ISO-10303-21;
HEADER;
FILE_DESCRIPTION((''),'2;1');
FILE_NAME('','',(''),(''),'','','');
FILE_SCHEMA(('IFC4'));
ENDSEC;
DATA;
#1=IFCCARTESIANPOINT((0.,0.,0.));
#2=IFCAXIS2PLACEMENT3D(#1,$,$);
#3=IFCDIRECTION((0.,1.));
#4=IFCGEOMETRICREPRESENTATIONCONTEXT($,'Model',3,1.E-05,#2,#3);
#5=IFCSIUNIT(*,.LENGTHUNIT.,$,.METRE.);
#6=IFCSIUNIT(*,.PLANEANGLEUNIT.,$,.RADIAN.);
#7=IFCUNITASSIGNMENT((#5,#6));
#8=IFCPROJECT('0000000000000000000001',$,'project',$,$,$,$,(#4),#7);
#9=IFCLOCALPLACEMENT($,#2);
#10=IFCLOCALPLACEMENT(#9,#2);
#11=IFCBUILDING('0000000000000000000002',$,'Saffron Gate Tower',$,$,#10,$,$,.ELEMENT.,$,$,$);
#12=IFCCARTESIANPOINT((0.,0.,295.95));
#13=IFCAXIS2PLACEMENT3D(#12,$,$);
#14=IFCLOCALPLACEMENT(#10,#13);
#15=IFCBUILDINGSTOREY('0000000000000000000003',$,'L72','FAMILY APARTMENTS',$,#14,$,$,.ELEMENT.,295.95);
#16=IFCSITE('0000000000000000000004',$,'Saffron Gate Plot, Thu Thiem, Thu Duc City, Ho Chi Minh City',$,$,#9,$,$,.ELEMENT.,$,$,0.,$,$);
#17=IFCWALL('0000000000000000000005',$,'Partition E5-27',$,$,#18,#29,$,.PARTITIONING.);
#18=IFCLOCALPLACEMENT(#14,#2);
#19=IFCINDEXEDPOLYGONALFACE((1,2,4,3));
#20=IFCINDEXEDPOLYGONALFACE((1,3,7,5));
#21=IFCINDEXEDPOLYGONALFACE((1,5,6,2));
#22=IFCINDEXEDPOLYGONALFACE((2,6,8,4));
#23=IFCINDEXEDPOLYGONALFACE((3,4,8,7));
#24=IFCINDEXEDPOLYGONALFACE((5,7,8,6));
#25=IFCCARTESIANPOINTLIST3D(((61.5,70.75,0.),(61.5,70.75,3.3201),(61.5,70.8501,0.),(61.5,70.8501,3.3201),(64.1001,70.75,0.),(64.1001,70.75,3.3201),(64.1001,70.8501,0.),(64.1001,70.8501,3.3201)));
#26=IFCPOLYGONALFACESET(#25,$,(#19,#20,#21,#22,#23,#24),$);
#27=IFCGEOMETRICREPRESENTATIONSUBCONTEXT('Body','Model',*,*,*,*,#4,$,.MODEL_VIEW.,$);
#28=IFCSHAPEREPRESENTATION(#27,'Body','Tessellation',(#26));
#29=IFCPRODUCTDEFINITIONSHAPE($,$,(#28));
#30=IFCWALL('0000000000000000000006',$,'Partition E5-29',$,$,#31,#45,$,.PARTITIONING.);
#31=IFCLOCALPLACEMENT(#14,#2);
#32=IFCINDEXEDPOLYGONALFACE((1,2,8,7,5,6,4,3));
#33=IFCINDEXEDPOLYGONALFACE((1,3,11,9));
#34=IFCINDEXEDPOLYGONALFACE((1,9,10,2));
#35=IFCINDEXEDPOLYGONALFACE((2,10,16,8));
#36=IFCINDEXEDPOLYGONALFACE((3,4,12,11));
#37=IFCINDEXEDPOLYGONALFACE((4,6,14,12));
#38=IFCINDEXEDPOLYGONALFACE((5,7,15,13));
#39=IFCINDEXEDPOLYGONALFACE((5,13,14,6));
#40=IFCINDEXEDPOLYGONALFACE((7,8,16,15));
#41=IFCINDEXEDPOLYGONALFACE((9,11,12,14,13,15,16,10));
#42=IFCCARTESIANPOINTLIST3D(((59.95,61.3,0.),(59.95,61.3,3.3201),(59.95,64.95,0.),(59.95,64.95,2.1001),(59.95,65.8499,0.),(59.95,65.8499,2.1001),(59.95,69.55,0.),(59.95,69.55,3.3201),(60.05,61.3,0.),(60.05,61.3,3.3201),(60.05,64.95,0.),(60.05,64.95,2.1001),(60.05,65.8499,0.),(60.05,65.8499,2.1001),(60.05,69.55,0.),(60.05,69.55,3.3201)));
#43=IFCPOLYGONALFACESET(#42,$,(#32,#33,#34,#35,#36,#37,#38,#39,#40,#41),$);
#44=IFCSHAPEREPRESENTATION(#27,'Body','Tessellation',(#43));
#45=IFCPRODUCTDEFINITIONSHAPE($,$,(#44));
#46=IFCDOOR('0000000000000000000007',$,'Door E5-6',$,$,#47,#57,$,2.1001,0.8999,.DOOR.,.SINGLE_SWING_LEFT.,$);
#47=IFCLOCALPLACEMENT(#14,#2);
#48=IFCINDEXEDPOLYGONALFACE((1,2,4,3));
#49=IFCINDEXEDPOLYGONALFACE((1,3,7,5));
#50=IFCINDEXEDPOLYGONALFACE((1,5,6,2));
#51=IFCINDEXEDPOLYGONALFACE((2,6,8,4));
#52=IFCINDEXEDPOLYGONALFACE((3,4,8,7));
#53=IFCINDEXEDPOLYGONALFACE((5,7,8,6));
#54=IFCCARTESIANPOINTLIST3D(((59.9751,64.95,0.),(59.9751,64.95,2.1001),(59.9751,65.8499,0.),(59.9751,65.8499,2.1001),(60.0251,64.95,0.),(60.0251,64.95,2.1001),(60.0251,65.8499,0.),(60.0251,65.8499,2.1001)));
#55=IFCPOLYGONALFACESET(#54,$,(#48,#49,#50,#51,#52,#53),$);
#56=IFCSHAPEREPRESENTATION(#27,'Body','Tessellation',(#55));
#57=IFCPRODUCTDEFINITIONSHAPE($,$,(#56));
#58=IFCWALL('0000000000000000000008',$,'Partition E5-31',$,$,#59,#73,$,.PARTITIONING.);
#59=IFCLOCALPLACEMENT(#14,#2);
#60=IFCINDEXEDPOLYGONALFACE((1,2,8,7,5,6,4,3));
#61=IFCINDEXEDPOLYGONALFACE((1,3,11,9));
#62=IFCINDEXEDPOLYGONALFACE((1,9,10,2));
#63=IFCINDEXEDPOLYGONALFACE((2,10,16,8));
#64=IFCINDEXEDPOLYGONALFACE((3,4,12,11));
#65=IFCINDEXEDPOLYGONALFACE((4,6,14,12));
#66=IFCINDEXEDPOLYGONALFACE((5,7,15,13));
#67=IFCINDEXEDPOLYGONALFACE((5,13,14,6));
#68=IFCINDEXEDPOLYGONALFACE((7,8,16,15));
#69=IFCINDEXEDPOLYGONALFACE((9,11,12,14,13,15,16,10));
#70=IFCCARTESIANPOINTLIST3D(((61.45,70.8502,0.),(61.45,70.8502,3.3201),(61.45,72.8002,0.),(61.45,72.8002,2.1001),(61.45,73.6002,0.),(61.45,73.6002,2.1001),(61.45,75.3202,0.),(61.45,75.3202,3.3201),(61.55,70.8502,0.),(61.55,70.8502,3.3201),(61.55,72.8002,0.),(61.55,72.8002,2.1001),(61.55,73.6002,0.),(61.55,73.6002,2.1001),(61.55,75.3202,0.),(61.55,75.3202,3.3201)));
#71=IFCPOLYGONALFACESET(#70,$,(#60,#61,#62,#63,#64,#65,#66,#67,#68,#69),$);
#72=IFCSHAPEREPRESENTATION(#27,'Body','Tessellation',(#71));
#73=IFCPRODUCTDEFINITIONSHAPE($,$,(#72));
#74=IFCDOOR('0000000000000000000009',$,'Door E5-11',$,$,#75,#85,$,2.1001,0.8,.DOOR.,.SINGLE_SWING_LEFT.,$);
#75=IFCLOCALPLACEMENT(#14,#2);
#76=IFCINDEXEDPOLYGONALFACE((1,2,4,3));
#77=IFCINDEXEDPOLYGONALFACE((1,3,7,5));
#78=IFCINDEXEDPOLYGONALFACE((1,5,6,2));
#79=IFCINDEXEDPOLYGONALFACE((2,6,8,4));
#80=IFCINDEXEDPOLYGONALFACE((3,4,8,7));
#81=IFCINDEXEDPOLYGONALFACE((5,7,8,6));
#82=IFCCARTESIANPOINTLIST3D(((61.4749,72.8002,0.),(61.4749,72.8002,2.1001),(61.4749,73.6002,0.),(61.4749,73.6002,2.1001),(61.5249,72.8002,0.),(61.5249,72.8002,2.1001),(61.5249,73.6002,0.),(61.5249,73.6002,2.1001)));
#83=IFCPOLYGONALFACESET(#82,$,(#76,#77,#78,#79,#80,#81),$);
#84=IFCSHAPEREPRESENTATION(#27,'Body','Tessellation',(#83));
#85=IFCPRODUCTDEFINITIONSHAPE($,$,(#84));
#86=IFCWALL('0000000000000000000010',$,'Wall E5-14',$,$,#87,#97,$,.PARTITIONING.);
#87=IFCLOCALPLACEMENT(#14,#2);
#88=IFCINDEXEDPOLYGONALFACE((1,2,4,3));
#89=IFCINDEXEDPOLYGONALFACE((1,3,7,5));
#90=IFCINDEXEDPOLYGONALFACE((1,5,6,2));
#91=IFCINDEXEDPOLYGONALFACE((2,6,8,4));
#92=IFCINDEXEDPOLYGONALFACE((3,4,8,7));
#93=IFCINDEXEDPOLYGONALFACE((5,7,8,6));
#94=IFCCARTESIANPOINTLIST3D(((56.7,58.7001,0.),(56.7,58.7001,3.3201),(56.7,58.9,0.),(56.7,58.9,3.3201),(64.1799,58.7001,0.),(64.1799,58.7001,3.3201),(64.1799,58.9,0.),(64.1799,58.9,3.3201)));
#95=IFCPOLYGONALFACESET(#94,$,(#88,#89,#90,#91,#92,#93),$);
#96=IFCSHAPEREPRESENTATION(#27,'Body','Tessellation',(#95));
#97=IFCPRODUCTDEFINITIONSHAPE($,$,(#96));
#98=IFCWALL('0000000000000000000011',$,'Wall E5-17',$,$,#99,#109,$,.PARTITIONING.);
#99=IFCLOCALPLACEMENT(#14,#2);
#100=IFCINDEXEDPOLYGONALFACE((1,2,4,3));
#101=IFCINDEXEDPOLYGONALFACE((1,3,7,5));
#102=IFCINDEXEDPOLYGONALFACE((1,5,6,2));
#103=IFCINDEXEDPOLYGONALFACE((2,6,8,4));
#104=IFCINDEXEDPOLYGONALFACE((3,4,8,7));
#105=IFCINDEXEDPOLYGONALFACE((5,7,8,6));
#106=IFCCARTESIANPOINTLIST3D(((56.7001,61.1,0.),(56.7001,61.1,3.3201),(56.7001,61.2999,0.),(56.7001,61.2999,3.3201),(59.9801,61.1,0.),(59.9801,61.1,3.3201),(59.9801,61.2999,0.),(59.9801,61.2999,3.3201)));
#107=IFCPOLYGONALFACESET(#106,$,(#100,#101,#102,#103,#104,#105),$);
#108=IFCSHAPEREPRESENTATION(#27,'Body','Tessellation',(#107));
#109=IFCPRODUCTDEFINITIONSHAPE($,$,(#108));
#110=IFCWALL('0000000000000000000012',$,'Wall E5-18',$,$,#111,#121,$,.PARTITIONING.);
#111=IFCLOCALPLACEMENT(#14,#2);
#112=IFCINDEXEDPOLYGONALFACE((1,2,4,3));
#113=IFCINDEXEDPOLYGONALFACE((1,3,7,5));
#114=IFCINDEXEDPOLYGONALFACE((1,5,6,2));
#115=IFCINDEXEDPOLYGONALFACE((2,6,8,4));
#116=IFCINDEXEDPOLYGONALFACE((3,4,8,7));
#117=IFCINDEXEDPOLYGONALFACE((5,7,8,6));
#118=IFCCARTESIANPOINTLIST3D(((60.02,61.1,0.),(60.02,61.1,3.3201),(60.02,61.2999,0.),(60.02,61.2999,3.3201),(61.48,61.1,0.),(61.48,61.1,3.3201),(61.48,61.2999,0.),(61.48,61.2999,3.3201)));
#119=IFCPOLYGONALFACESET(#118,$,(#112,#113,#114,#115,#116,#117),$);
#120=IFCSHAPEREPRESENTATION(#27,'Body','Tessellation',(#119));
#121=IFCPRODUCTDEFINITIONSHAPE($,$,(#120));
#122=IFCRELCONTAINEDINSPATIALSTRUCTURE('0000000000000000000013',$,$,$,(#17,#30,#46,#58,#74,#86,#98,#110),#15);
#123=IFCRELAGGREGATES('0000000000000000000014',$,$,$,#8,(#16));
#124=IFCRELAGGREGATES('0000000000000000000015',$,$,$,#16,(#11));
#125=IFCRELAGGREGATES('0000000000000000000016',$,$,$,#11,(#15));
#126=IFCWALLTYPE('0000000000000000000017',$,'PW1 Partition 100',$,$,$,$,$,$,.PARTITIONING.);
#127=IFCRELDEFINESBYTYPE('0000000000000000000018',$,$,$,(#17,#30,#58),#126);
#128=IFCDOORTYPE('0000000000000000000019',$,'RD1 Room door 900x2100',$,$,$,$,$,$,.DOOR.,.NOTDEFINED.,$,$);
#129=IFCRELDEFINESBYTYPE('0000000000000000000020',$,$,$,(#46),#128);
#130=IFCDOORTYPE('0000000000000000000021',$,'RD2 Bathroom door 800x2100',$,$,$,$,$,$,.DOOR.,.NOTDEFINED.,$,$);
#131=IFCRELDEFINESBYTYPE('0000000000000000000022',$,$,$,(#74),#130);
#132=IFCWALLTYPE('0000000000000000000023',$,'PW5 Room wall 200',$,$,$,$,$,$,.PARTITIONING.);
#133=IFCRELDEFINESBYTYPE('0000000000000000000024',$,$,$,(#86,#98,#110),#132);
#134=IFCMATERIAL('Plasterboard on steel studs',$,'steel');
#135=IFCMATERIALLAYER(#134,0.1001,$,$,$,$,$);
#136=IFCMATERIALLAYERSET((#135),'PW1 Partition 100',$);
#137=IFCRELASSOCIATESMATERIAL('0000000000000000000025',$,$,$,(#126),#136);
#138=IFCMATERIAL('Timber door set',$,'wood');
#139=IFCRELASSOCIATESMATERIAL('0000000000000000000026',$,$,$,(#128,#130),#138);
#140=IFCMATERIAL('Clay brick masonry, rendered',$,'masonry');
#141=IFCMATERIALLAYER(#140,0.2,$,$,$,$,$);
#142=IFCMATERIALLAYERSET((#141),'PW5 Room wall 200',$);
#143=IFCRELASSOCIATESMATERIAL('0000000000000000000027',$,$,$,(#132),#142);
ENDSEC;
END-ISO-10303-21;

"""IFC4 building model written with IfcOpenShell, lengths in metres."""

from ifc_helpers import new_model, si_unit, direction, frame, frame_2d, origin, place, context, subcontext, project, spatial, rectangle, extrude, material, layer, layer_set, type_object, element, fill, save


model = new_model("IFC4")

# Units and contexts
model_context = context("Model", 3, precision=1e-05, world=origin(), true_north=direction((0.0, 1.0)))
body_context = subcontext(model_context, "Body", "Model", "MODEL_VIEW")
ifc_project = project(units=[si_unit("LENGTHUNIT", "METRE"), si_unit("PLANEANGLEUNIT", "RADIAN")], contexts=[model_context])

# Site, building, storey
site_placement = place(None, origin())
site = spatial("IfcSite", under=ifc_project, at=site_placement, Name="Saffron Gate Plot, Thu Thiem, Thu Duc City, Ho Chi Minh City", CompositionType="ELEMENT", RefElevation=0.0)
building_placement = place(site_placement, origin())
building = spatial("IfcBuilding", under=site, at=building_placement, Name="Saffron Gate Tower", CompositionType="ELEMENT")
storey_placement = place(building_placement, frame((0.0, 0.0, 295.95)))
storey = spatial("IfcBuildingStorey", under=building, at=storey_placement, Name="L72", Description="FAMILY APARTMENTS", CompositionType="ELEMENT", Elevation=295.95)

# Wall
ifc_material_1 = material(Name="Plasterboard on steel studs", Category="steel")
ifc_layer_1 = layer(ifc_material_1, 0.1001)
ifc_layer_set_1 = layer_set([ifc_layer_1], Name="PW1 Partition 100")
wall_type_1 = type_object("IfcWallType", Name="PW1 Partition 100", PredefinedType="PARTITIONING", material=ifc_layer_set_1)
wall_1_placement = place(storey_placement, frame((61.5, 70.8, 0.0), z_axis=(0.0, 0.0, 1.0), x_axis=(1.0, 0.0, 0.0)))
element("IfcWall", 1, at=wall_1_placement, inside=storey, type_object=wall_type_1, Name="Partition E5-27", PredefinedType="PARTITIONING", context=body_context, shape_type="SweptSolid", body=[
    extrude(rectangle(XDim=2.6001, YDim=0.1001, at=frame_2d((1.3, 0.0))), origin(), (0.0, 0.0, 1.0), 3.3201),
])

# Walls, openings, doors
wall_2_placement = place(storey_placement, frame((60.0, 61.3, 0.0), z_axis=(0.0, 0.0, 1.0), x_axis=(0.0, 1.0, 0.0)))
wall_2 = element("IfcWall", 2, at=wall_2_placement, inside=storey, type_object=wall_type_1, Name="Partition E5-29", PredefinedType="PARTITIONING", context=body_context, shape_type="SweptSolid", body=[
    extrude(rectangle(XDim=8.25, YDim=0.1001, at=frame_2d((4.125, 0.0))), origin(), (0.0, 0.0, 1.0), 3.3201),
])
opening_1_placement = place(wall_2_placement, frame((3.6499, 0.0, 0.0)))
opening_1 = element("IfcOpeningElement", 3, at=opening_1_placement, cuts=wall_2, PredefinedType="OPENING", context=body_context, shape_type="SweptSolid", body=[
    extrude(rectangle(XDim=0.8999, YDim=2.1001, at=frame_2d((0.45, 1.05))), frame((0.0, 0.0601, 0.0), z_axis=(0.0, -1.0, 0.0), x_axis=(1.0, 0.0, 0.0)), (0.0, 0.0, 1.0), 0.1201),
])
ifc_material_2 = material(Name="Timber door set", Category="wood")
door_type_1 = type_object("IfcDoorType", Name="RD1 Room door 900x2100", OperationType="NOTDEFINED", PredefinedType="DOOR", material=ifc_material_2)
door_1_placement = place(opening_1_placement, origin())
door_1 = element("IfcDoor", 4, at=door_1_placement, inside=storey, type_object=door_type_1, Name="Door E5-6", OperationType="SINGLE_SWING_LEFT", OverallHeight=2.1001, OverallWidth=0.8999, PredefinedType="DOOR", context=body_context, shape_type="SweptSolid", body=[
    extrude(rectangle(XDim=0.8999, YDim=2.1001, at=frame_2d((0.45, 1.05))), frame((0.0, 0.0249, 0.0), z_axis=(0.0, -1.0, 0.0), x_axis=(1.0, 0.0, 0.0)), (0.0, 0.0, 1.0), 0.05),
])
fill(opening_1, door_1)
wall_3_placement = place(storey_placement, frame((61.5, 75.3201, 0.0), z_axis=(0.0, 0.0, 1.0), x_axis=(0.0, -1.0, 0.0)))
wall_3 = element("IfcWall", 5, at=wall_3_placement, inside=storey, type_object=wall_type_1, Name="Partition E5-31", PredefinedType="PARTITIONING", context=body_context, shape_type="SweptSolid", body=[
    extrude(rectangle(XDim=4.47, YDim=0.1001, at=frame_2d((2.2349, 0.0))), origin(), (0.0, 0.0, 1.0), 3.3201),
])
opening_2_placement = place(wall_3_placement, frame((1.72, 0.0, 0.0)))
opening_2 = element("IfcOpeningElement", 6, at=opening_2_placement, cuts=wall_3, PredefinedType="OPENING", context=body_context, shape_type="SweptSolid", body=[
    extrude(rectangle(XDim=0.8, YDim=2.1001, at=frame_2d((0.3999, 1.05))), frame((0.0, 0.0601, 0.0), z_axis=(0.0, -1.0, 0.0), x_axis=(1.0, 0.0, 0.0)), (0.0, 0.0, 1.0), 0.1201),
])
door_type_2 = type_object("IfcDoorType", Name="RD2 Bathroom door 800x2100", OperationType="NOTDEFINED", PredefinedType="DOOR", material=ifc_material_2)
door_2_placement = place(opening_2_placement, origin())
door_2 = element("IfcDoor", 7, at=door_2_placement, inside=storey, type_object=door_type_2, Name="Door E5-11", OperationType="SINGLE_SWING_LEFT", OverallHeight=2.1001, OverallWidth=0.8, PredefinedType="DOOR", context=body_context, shape_type="SweptSolid", body=[
    extrude(rectangle(XDim=0.8, YDim=2.1001, at=frame_2d((0.3999, 1.05))), frame((0.0, 0.0249, 0.0), z_axis=(0.0, -1.0, 0.0), x_axis=(1.0, 0.0, 0.0)), (0.0, 0.0, 1.0), 0.05),
])
fill(opening_2, door_2)

# Walls
ifc_material_3 = material(Name="Clay brick masonry, rendered", Category="masonry")
ifc_layer_2 = layer(ifc_material_3, 0.2)
ifc_layer_set_2 = layer_set([ifc_layer_2], Name="PW5 Room wall 200")
wall_type_2 = type_object("IfcWallType", Name="PW5 Room wall 200", PredefinedType="PARTITIONING", material=ifc_layer_set_2)
wall_4_placement = place(storey_placement, frame((56.7, 58.8, 0.0), z_axis=(0.0, 0.0, 1.0), x_axis=(1.0, 0.0, 0.0)))
element("IfcWall", 8, at=wall_4_placement, inside=storey, type_object=wall_type_2, Name="Wall E5-14", PredefinedType="PARTITIONING", context=body_context, shape_type="SweptSolid", body=[
    extrude(rectangle(XDim=7.48, YDim=0.2, at=frame_2d((3.74, 0.0))), origin(), (0.0, 0.0, 1.0), 3.3201),
])
wall_5_placement = place(storey_placement, frame((56.7, 61.2, 0.0), z_axis=(0.0, 0.0, 1.0), x_axis=(1.0, 0.0, 0.0)))
element("IfcWall", 9, at=wall_5_placement, inside=storey, type_object=wall_type_2, Name="Wall E5-17", PredefinedType="PARTITIONING", context=body_context, shape_type="SweptSolid", body=[
    extrude(rectangle(XDim=3.28, YDim=0.2, at=frame_2d((1.6401, 0.0))), origin(), (0.0, 0.0, 1.0), 3.3201),
])
wall_6_placement = place(storey_placement, frame((60.02, 61.2, 0.0), z_axis=(0.0, 0.0, 1.0), x_axis=(1.0, 0.0, 0.0)))
element("IfcWall", 10, at=wall_6_placement, inside=storey, type_object=wall_type_2, Name="Wall E5-18", PredefinedType="PARTITIONING", context=body_context, shape_type="SweptSolid", body=[
    extrude(rectangle(XDim=1.46, YDim=0.2, at=frame_2d((0.73, 0.0))), origin(), (0.0, 0.0, 1.0), 3.3201),
])

save(model, "model.ifc")
